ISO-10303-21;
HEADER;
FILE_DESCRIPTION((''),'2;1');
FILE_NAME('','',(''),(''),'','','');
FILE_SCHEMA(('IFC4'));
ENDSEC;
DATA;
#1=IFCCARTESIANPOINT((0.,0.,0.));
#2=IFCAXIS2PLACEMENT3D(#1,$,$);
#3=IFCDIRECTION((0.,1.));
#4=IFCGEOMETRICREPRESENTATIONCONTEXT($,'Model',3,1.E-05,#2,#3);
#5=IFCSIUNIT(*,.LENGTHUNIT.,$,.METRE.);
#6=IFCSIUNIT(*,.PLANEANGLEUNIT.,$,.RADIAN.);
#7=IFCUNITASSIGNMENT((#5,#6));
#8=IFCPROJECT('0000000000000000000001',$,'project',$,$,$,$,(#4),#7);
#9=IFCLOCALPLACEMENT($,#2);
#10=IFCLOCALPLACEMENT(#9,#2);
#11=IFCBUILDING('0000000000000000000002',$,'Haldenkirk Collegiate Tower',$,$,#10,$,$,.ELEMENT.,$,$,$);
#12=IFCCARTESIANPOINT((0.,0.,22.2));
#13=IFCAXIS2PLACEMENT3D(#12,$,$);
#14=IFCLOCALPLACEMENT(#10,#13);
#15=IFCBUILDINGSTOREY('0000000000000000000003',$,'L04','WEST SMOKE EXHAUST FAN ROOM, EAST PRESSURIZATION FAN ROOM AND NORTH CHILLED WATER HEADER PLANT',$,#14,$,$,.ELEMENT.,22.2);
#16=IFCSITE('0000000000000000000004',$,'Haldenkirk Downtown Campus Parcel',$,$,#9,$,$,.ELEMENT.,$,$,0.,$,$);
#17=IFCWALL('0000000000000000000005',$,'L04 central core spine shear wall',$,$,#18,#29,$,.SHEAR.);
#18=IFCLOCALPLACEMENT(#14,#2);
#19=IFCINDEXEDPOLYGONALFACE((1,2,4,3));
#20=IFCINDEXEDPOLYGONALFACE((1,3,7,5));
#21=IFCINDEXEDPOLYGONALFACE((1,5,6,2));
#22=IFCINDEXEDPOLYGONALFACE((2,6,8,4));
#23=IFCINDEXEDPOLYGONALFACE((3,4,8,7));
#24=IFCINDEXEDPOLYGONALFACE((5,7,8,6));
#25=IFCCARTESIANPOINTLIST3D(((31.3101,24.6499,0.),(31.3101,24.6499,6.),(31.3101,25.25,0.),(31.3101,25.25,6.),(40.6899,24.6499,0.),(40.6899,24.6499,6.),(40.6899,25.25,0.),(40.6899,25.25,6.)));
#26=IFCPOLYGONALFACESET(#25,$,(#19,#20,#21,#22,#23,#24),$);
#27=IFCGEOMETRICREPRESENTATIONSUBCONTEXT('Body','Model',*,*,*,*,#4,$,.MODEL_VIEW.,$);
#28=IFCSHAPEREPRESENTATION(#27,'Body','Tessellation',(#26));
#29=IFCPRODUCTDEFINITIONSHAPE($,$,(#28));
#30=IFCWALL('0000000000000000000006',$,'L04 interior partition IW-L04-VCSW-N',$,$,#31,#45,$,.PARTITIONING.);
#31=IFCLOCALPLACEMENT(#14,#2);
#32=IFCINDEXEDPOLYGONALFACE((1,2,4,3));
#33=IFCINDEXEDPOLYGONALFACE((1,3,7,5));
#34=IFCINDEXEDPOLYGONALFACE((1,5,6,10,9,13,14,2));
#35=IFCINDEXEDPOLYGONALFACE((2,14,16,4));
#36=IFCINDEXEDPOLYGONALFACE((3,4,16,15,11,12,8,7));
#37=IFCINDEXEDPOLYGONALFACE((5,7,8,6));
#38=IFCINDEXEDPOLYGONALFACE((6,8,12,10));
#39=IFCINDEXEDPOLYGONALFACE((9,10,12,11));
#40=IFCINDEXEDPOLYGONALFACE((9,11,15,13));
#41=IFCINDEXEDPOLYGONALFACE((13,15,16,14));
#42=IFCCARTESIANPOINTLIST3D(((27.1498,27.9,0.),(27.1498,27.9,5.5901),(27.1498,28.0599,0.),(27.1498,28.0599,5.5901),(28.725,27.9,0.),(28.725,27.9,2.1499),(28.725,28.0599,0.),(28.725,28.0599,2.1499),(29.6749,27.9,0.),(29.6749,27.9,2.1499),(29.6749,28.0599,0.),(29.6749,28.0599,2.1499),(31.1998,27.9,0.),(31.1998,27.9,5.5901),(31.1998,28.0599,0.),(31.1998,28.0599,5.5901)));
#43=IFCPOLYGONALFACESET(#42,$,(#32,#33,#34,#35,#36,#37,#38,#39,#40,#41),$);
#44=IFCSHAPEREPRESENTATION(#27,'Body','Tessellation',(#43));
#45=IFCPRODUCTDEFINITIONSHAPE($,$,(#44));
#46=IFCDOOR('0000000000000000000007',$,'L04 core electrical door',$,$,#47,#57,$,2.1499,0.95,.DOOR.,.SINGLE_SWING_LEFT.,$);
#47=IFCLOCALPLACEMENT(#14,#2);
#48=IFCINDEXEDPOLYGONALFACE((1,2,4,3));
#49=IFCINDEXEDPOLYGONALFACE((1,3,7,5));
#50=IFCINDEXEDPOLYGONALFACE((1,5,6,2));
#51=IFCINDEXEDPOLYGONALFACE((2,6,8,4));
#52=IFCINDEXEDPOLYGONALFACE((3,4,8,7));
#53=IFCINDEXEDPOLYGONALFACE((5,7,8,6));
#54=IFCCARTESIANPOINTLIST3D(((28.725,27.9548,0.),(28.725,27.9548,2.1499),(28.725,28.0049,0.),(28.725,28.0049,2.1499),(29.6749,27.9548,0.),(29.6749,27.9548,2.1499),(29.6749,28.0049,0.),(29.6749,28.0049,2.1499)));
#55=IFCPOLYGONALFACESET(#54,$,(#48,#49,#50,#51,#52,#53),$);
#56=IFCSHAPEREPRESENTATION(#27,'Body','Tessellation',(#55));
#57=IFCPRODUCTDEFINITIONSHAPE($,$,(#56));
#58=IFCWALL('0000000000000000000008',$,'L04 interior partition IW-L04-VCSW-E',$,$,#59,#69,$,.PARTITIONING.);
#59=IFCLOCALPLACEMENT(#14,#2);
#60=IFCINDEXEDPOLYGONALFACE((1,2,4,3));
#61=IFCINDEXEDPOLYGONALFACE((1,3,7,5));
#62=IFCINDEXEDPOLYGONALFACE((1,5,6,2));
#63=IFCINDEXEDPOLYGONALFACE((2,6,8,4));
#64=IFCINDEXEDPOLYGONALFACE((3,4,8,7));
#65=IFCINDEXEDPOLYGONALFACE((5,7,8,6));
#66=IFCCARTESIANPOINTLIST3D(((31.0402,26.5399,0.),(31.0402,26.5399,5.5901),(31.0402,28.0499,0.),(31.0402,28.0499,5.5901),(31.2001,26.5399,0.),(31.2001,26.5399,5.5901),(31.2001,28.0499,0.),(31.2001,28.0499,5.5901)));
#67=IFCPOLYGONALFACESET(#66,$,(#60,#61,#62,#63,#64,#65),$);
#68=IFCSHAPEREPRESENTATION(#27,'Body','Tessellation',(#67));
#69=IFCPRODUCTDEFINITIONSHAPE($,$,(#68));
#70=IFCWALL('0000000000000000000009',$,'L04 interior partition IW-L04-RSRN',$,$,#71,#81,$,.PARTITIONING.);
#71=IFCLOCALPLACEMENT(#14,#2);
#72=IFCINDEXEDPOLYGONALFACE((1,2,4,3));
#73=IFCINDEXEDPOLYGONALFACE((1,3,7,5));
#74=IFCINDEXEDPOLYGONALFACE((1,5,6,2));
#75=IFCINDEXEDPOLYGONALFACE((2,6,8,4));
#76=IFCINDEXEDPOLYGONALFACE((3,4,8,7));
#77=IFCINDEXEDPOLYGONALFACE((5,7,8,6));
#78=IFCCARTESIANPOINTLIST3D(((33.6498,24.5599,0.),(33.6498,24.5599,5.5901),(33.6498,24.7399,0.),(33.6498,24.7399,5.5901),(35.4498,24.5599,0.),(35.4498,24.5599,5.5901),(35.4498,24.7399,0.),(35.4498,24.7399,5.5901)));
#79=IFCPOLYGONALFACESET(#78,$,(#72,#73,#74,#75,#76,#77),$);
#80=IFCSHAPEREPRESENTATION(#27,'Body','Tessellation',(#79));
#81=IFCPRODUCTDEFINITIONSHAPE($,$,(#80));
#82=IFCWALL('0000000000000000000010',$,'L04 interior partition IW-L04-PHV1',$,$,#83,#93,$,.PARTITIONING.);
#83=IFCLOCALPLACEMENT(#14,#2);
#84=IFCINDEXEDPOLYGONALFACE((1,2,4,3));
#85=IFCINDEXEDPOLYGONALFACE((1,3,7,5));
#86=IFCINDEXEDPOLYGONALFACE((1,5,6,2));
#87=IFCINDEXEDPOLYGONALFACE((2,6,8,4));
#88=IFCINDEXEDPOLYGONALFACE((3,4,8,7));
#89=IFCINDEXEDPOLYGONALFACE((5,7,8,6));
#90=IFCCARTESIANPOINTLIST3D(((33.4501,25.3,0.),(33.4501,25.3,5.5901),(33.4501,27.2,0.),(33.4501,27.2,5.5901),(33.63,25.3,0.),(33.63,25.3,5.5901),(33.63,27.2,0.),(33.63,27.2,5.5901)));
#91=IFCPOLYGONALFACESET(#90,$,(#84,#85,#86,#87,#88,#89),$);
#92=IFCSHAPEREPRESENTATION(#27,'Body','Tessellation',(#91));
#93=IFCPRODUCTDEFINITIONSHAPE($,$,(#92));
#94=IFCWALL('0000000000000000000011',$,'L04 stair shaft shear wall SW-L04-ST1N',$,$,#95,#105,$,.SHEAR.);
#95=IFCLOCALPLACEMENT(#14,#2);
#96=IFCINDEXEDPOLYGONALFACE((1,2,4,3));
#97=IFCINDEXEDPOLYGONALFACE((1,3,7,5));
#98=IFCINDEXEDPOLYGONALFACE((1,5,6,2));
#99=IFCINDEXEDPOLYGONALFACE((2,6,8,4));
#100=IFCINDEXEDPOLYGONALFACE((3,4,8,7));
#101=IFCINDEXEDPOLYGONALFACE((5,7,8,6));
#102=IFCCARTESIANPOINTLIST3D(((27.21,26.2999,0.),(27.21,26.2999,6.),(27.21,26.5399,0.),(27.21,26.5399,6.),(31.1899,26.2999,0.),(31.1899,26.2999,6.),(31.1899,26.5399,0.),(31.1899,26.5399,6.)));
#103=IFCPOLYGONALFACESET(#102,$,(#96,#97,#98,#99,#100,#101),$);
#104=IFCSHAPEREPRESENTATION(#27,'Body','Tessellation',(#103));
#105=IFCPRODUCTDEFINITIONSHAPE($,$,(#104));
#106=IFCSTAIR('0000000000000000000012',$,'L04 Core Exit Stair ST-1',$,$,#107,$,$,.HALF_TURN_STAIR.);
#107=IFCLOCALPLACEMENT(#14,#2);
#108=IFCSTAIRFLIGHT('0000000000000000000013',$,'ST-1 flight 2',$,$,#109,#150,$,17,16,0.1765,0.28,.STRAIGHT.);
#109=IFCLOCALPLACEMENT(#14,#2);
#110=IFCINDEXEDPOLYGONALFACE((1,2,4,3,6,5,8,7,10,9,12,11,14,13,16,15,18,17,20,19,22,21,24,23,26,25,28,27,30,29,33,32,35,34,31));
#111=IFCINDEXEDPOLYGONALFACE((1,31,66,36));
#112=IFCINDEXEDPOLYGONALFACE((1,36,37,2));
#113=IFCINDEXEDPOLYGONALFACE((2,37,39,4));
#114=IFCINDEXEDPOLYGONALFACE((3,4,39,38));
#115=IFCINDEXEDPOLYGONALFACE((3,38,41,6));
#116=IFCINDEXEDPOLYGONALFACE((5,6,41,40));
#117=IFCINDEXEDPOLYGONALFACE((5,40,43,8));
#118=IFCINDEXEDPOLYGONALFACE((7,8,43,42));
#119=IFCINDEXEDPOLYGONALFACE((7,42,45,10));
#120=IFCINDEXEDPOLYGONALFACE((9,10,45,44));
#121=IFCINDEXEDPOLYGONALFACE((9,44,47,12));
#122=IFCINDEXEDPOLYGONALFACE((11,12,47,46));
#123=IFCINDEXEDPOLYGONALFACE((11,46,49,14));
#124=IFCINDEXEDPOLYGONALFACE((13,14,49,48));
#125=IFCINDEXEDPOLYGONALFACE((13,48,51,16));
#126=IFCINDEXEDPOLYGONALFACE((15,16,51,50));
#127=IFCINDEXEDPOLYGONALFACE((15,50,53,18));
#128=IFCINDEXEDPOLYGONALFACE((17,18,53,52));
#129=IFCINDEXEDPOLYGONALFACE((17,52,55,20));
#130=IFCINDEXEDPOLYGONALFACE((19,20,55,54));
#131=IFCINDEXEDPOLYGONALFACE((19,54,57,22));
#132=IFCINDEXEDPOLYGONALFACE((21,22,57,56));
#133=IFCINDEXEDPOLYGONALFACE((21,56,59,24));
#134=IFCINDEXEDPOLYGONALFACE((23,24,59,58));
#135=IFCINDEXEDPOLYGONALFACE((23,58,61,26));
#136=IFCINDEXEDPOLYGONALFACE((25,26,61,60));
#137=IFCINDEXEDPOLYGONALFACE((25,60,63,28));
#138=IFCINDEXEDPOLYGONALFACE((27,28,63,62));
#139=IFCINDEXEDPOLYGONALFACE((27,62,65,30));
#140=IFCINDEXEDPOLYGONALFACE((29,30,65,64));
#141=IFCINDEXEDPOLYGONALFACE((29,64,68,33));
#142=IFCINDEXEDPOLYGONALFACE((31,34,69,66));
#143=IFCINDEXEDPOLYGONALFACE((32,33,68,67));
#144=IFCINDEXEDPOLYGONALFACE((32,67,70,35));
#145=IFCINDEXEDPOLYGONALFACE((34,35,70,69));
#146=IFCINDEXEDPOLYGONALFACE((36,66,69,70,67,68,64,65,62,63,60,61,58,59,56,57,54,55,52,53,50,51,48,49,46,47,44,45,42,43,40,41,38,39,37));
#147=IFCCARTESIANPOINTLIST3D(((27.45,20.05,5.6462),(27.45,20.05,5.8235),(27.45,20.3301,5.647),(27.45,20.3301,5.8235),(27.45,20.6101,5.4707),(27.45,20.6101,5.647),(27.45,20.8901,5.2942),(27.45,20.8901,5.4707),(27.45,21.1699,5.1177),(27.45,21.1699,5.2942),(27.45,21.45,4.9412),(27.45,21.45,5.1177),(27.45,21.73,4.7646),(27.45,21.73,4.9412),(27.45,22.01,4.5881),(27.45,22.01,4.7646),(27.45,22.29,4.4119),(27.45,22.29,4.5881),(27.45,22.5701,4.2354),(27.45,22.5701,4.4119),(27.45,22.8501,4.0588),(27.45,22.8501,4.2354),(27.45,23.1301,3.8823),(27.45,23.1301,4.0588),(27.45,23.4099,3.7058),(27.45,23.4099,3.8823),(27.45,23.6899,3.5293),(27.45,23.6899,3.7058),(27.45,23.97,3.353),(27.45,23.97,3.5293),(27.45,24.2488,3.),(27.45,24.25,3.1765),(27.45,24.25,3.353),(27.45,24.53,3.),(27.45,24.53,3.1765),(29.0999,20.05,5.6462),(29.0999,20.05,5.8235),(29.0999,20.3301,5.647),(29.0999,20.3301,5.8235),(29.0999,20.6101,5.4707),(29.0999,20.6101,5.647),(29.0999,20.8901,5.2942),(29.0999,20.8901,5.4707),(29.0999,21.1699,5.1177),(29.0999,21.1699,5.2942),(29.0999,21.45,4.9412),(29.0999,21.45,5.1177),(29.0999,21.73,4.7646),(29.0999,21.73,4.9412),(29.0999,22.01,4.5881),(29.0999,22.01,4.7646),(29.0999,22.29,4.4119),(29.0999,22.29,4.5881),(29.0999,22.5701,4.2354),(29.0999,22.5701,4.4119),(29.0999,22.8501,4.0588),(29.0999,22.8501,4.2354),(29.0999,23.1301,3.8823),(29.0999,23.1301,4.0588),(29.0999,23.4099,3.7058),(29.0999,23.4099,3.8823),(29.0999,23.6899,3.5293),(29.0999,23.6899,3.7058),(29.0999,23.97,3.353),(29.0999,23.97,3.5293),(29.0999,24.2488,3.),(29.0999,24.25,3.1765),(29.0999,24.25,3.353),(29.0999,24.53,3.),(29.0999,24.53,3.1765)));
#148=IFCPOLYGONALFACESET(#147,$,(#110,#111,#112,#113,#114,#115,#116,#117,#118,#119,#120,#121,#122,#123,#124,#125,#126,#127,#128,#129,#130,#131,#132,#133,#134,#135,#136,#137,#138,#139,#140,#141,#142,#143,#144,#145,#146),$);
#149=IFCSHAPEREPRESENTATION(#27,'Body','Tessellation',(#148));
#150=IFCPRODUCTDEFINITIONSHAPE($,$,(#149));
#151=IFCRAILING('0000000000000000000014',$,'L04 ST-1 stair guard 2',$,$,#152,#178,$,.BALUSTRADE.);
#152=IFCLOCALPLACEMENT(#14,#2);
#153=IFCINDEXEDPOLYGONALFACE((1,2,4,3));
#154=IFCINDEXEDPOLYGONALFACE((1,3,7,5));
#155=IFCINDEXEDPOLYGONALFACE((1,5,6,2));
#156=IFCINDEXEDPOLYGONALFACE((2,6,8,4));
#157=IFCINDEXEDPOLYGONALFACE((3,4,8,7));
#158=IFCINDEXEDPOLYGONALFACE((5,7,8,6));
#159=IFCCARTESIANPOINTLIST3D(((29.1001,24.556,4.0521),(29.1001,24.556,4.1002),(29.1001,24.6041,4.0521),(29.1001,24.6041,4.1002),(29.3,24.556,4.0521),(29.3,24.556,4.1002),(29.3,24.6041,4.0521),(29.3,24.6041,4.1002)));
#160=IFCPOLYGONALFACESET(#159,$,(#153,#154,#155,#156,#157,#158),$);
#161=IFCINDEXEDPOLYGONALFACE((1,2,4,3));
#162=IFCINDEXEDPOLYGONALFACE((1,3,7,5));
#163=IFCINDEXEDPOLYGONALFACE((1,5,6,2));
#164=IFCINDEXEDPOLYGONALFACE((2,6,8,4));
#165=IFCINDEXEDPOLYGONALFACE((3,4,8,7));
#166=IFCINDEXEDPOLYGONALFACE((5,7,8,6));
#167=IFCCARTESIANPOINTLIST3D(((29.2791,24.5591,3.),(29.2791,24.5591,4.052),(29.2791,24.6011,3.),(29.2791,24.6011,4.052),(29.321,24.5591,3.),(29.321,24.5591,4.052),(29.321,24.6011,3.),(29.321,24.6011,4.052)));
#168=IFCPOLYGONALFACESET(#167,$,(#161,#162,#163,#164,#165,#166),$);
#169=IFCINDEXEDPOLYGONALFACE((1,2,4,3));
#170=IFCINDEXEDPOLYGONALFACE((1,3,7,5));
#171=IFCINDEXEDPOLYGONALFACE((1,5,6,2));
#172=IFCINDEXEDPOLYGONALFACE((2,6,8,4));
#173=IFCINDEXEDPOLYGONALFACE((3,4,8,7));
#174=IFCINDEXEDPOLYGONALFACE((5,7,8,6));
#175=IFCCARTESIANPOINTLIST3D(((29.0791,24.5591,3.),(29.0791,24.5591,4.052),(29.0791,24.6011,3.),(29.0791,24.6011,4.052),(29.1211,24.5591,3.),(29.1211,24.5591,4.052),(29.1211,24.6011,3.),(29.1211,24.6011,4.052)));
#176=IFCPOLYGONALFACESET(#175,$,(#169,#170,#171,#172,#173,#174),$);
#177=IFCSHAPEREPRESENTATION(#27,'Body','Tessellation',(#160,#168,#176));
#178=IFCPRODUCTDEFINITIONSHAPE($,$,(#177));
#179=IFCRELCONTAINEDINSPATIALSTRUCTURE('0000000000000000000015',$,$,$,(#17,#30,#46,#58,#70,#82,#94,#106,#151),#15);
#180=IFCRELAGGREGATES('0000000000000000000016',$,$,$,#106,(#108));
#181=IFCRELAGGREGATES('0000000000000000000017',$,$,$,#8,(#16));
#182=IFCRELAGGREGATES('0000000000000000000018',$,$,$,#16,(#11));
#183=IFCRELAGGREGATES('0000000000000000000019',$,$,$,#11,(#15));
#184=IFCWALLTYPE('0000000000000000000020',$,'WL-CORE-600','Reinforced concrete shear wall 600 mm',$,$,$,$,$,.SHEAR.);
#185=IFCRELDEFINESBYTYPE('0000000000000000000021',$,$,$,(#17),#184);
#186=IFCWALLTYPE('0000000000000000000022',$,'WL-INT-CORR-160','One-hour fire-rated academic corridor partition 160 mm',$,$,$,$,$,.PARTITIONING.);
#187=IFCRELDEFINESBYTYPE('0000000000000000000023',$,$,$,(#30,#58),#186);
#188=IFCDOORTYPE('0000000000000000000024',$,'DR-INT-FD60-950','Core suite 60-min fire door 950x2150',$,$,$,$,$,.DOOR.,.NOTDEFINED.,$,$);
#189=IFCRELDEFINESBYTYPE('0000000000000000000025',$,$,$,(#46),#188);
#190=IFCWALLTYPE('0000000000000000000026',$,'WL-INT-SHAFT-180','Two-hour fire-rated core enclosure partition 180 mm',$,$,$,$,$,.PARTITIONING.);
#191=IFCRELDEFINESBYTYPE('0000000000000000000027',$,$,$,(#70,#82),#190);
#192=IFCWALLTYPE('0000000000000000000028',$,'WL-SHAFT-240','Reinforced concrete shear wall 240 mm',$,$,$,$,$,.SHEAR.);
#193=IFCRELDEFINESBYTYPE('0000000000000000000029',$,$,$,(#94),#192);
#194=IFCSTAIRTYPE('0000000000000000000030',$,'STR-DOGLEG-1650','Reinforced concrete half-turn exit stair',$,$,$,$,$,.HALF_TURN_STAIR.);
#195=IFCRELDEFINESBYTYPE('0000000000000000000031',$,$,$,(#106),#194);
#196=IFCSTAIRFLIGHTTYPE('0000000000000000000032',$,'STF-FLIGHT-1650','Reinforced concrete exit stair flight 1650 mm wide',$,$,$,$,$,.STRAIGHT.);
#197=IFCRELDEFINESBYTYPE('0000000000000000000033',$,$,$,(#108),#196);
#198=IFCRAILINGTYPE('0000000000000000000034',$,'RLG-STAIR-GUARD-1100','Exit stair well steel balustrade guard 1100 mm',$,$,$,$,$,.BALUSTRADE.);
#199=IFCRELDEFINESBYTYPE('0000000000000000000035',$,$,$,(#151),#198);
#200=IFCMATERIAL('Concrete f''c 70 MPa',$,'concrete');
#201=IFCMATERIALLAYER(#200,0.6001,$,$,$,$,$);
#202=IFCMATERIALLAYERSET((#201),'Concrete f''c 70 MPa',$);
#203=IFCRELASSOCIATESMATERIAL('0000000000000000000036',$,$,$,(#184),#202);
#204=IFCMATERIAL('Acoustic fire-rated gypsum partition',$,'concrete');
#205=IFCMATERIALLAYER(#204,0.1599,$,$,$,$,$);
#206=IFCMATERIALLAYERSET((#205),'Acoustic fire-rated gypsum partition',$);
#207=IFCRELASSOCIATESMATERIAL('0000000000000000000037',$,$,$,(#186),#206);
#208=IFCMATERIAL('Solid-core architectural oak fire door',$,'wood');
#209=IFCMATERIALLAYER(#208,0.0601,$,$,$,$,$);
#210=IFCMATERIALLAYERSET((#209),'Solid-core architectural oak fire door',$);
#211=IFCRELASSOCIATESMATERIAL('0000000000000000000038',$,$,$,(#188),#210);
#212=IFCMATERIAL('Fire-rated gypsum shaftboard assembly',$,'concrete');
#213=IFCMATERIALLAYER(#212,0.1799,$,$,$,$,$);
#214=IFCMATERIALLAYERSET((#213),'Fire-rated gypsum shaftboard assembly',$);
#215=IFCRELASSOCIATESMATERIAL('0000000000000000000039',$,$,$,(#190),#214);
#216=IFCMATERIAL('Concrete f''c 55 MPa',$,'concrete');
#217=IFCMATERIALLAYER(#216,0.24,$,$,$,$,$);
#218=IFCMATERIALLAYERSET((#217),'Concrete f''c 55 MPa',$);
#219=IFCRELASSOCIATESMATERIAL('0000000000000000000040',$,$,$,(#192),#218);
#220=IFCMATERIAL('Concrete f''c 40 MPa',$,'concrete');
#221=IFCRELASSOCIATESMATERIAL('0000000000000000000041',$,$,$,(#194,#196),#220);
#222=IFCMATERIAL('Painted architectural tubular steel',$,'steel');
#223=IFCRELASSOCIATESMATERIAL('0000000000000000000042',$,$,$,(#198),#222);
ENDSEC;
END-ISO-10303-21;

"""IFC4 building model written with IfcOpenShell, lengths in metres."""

from ifc_helpers import new_model, si_unit, direction, frame, frame_2d, origin, origin_2d, place, context, subcontext, project, spatial, polyline, rectangle, outline, extrude, material, layer, layer_set, type_object, element, fill, aggregate, save


model = new_model("IFC4")

# Units and contexts
model_context = context("Model", 3, precision=1e-05, world=origin(), true_north=direction((0.0, 1.0)))
body_context = subcontext(model_context, "Body", "Model", "MODEL_VIEW")
ifc_project = project(units=[si_unit("LENGTHUNIT", "METRE"), si_unit("PLANEANGLEUNIT", "RADIAN")], contexts=[model_context])

# Site, building, storey
site_placement = place(None, origin())
site = spatial("IfcSite", under=ifc_project, at=site_placement, Name="Haldenkirk Downtown Campus Parcel", CompositionType="ELEMENT", RefElevation=0.0)
building_placement = place(site_placement, origin())
building = spatial("IfcBuilding", under=site, at=building_placement, Name="Haldenkirk Collegiate Tower", CompositionType="ELEMENT")
storey_placement = place(building_placement, frame((0.0, 0.0, 22.2)))
storey = spatial("IfcBuildingStorey", under=building, at=storey_placement, Name="L04", Description="WEST SMOKE EXHAUST FAN ROOM, EAST PRESSURIZATION FAN ROOM AND NORTH CHILLED WATER HEADER PLANT", CompositionType="ELEMENT", Elevation=22.2)

# Wall
ifc_material_1 = material(Name="Concrete f'c 70 MPa", Category="concrete")
ifc_layer_1 = layer(ifc_material_1, 0.6001)
ifc_layer_set_1 = layer_set([ifc_layer_1], Name="Concrete f'c 70 MPa")
wall_type_1 = type_object("IfcWallType", Name="WL-CORE-600", Description="Reinforced concrete shear wall 600 mm", PredefinedType="SHEAR", material=ifc_layer_set_1)
wall_1_placement = place(storey_placement, frame((31.3101, 24.95, 0.0), z_axis=(0.0, 0.0, 1.0), x_axis=(1.0, 0.0, 0.0)))
element("IfcWall", 1, at=wall_1_placement, inside=storey, type_object=wall_type_1, Name="L04 central core spine shear wall", PredefinedType="SHEAR", context=body_context, shape_type="SweptSolid", body=[
    extrude(rectangle(XDim=9.3799, YDim=0.6001, at=frame_2d((4.6899, 0.0))), origin(), (0.0, 0.0, 1.0), 6.0),
])

# Wall, opening, door
ifc_material_2 = material(Name="Acoustic fire-rated gypsum partition", Category="concrete")
ifc_layer_2 = layer(ifc_material_2, 0.1599)
ifc_layer_set_2 = layer_set([ifc_layer_2], Name="Acoustic fire-rated gypsum partition")
wall_type_2 = type_object("IfcWallType", Name="WL-INT-CORR-160", Description="One-hour fire-rated academic corridor partition 160 mm", PredefinedType="PARTITIONING", material=ifc_layer_set_2)
wall_2_placement = place(storey_placement, frame((27.1499, 27.98, 0.0), z_axis=(0.0, 0.0, 1.0), x_axis=(1.0, 0.0, 0.0)))
wall_2 = element("IfcWall", 2, at=wall_2_placement, inside=storey, type_object=wall_type_2, Name="L04 interior partition IW-L04-VCSW-N", PredefinedType="PARTITIONING", context=body_context, shape_type="SweptSolid", body=[
    extrude(rectangle(XDim=4.05, YDim=0.1599, at=frame_2d((2.0249, 0.0))), origin(), (0.0, 0.0, 1.0), 5.5901),
])
opening_1_placement = place(wall_2_placement, frame((1.575, 0.0, 0.0)))
opening_1 = element("IfcOpeningElement", 3, at=opening_1_placement, cuts=wall_2, PredefinedType="OPENING", context=body_context, shape_type="SweptSolid", body=[
    extrude(rectangle(XDim=0.95, YDim=2.1499, at=frame_2d((0.4751, 1.075))), frame((0.0, 0.0898, 0.0), z_axis=(0.0, -1.0, 0.0), x_axis=(1.0, 0.0, 0.0)), (0.0, 0.0, 1.0), 0.1799),
])
ifc_material_3 = material(Name="Solid-core architectural oak fire door", Category="wood")
ifc_layer_3 = layer(ifc_material_3, 0.0601)
ifc_layer_set_3 = layer_set([ifc_layer_3], Name="Solid-core architectural oak fire door")
door_type_1 = type_object("IfcDoorType", Name="DR-INT-FD60-950", Description="Core suite 60-min fire door 950x2150", OperationType="NOTDEFINED", PredefinedType="DOOR", material=ifc_layer_set_3)
door_1_placement = place(opening_1_placement, origin())
door_1 = element("IfcDoor", 4, at=door_1_placement, inside=storey, type_object=door_type_1, Name="L04 core electrical door", OperationType="SINGLE_SWING_LEFT", OverallHeight=2.1499, OverallWidth=0.95, PredefinedType="DOOR", context=body_context, shape_type="SweptSolid", body=[
    extrude(rectangle(XDim=0.95, YDim=2.1499, at=frame_2d((0.4751, 1.075))), frame((0.0, 0.0249, 0.0), z_axis=(0.0, -1.0, 0.0), x_axis=(1.0, 0.0, 0.0)), (0.0, 0.0, 1.0), 0.05),
])
fill(opening_1, door_1)

# Walls
wall_3_placement = place(storey_placement, frame((31.1201, 26.54, 0.0), z_axis=(0.0, 0.0, 1.0), x_axis=(0.0, 1.0, 0.0)))
element("IfcWall", 5, at=wall_3_placement, inside=storey, type_object=wall_type_2, Name="L04 interior partition IW-L04-VCSW-E", PredefinedType="PARTITIONING", context=body_context, shape_type="SweptSolid", body=[
    extrude(rectangle(XDim=1.51, YDim=0.1599, at=frame_2d((0.7549, 0.0))), origin(), (0.0, 0.0, 1.0), 5.5901),
])
ifc_material_4 = material(Name="Fire-rated gypsum shaftboard assembly", Category="concrete")
ifc_layer_4 = layer(ifc_material_4, 0.1799)
ifc_layer_set_4 = layer_set([ifc_layer_4], Name="Fire-rated gypsum shaftboard assembly")
wall_type_3 = type_object("IfcWallType", Name="WL-INT-SHAFT-180", Description="Two-hour fire-rated core enclosure partition 180 mm", PredefinedType="PARTITIONING", material=ifc_layer_set_4)
wall_4_placement = place(storey_placement, frame((33.6499, 24.6499, 0.0), z_axis=(0.0, 0.0, 1.0), x_axis=(1.0, 0.0, 0.0)))
element("IfcWall", 6, at=wall_4_placement, inside=storey, type_object=wall_type_3, Name="L04 interior partition IW-L04-RSRN", PredefinedType="PARTITIONING", context=body_context, shape_type="SweptSolid", body=[
    extrude(rectangle(XDim=1.8, YDim=0.1799, at=frame_2d((0.8999, 0.0))), origin(), (0.0, 0.0, 1.0), 5.5901),
])

# Walls
wall_5_placement = place(storey_placement, frame((33.54, 25.3, 0.0), z_axis=(0.0, 0.0, 1.0), x_axis=(0.0, 1.0, 0.0)))
element("IfcWall", 7, at=wall_5_placement, inside=storey, type_object=wall_type_3, Name="L04 interior partition IW-L04-PHV1", PredefinedType="PARTITIONING", context=body_context, shape_type="SweptSolid", body=[
    extrude(rectangle(XDim=1.8999, YDim=0.1799, at=frame_2d((0.95, 0.0))), origin(), (0.0, 0.0, 1.0), 5.5901),
])
ifc_material_5 = material(Name="Concrete f'c 55 MPa", Category="concrete")
ifc_layer_5 = layer(ifc_material_5, 0.24)
ifc_layer_set_5 = layer_set([ifc_layer_5], Name="Concrete f'c 55 MPa")
wall_type_4 = type_object("IfcWallType", Name="WL-SHAFT-240", Description="Reinforced concrete shear wall 240 mm", PredefinedType="SHEAR", material=ifc_layer_set_5)
wall_6_placement = place(storey_placement, frame((27.21, 26.4199, 0.0), z_axis=(0.0, 0.0, 1.0), x_axis=(1.0, 0.0, 0.0)))
element("IfcWall", 8, at=wall_6_placement, inside=storey, type_object=wall_type_4, Name="L04 stair shaft shear wall SW-L04-ST1N", PredefinedType="SHEAR", context=body_context, shape_type="SweptSolid", body=[
    extrude(rectangle(XDim=3.98, YDim=0.24, at=frame_2d((1.99, 0.0))), origin(), (0.0, 0.0, 1.0), 6.0),
])

# Stair, stair flight
ifc_material_6 = material(Name="Concrete f'c 40 MPa", Category="concrete")
stair_type = type_object("IfcStairType", Name="STR-DOGLEG-1650", Description="Reinforced concrete half-turn exit stair", PredefinedType="HALF_TURN_STAIR", material=ifc_material_6)
stair_placement = place(storey_placement, origin())
stair = element("IfcStair", 9, at=stair_placement, inside=storey, type_object=stair_type, Name="L04 Core Exit Stair ST-1", PredefinedType="HALF_TURN_STAIR")
stair_flight_type = type_object("IfcStairFlightType", Name="STF-FLIGHT-1650", Description="Reinforced concrete exit stair flight 1650 mm wide", PredefinedType="STRAIGHT", material=ifc_material_6)
stair_flight_placement = place(storey_placement, frame((28.2749, 24.53, 3.0), z_axis=(0.0, 0.0, 1.0), x_axis=(0.0, -1.0, 0.0)))
stair_flight = element("IfcStairFlight", 10, at=stair_flight_placement, type_object=stair_flight_type, Name="ST-1 flight 2", NumberOfRisers=17, NumberOfTreads=16, PredefinedType="STRAIGHT", RiserHeight=0.1765, TreadLength=0.28, context=body_context, shape_type="SweptSolid", body=[
    extrude(outline(polyline([(0.0, 0.0), (0.0, 0.1765), (0.28, 0.1765), (0.28, 0.353), (0.5601, 0.353), (0.5601, 0.5293), (0.8401, 0.5293), (0.8401, 0.7058), (1.1201, 0.7058), (1.1201, 0.8823), (1.3999, 0.8823), (1.3999, 1.0588), (1.6799, 1.0588), (1.6799, 1.2354), (1.96, 1.2354), (1.96, 1.4119), (2.24, 1.4119), (2.24, 1.5881), (2.52, 1.5881), (2.52, 1.7646), (2.8, 1.7646), (2.8, 1.9412), (3.0801, 1.9412), (3.0801, 2.1177), (3.3601, 2.1177), (3.3601, 2.2942), (3.6399, 2.2942), (3.6399, 2.4707), (3.9199, 2.4707), (3.9199, 2.647), (4.2, 2.647), (4.2, 2.8235), (4.48, 2.8235), (4.48, 3.0), (4.48, 2.6462), (0.2812, 0.0), (0.0, 0.0)])), frame((0.0, 0.825, 0.0), z_axis=(0.0, -1.0, 0.0), x_axis=(1.0, 0.0, 0.0)), (0.0, 0.0, 1.0), 1.6499),
])
aggregate(stair, [stair_flight])

# Railing
ifc_material_7 = material(Name="Painted architectural tubular steel", Category="steel")
railing_type = type_object("IfcRailingType", Name="RLG-STAIR-GUARD-1100", Description="Exit stair well steel balustrade guard 1100 mm", PredefinedType="BALUSTRADE", material=ifc_material_7)
railing_1_placement = place(storey_placement, frame((29.3, 24.5801, 3.0)))
element("IfcRailing", 11, at=railing_1_placement, inside=storey, type_object=railing_type, Name="L04 ST-1 stair guard 2", PredefinedType="BALUSTRADE", context=body_context, shape_type="SweptSolid", body=[
    extrude(rectangle(XDim=0.0481, YDim=0.0481, at=origin_2d()), frame((0.0, 0.0, 1.0762), z_axis=(-1.0, 0.0, 0.0), x_axis=(0.0, -1.0, 0.0)), (0.0, 0.0, 1.0), 0.2),
    extrude(rectangle(XDim=0.042, YDim=0.042, at=origin_2d()), origin(), (0.0, 0.0, 1.0), 1.052),
    extrude(rectangle(XDim=0.042, YDim=0.042, at=origin_2d()), frame((-0.2, 0.0, 0.0)), (0.0, 0.0, 1.0), 1.052),
])

save(model, "model.ifc")
